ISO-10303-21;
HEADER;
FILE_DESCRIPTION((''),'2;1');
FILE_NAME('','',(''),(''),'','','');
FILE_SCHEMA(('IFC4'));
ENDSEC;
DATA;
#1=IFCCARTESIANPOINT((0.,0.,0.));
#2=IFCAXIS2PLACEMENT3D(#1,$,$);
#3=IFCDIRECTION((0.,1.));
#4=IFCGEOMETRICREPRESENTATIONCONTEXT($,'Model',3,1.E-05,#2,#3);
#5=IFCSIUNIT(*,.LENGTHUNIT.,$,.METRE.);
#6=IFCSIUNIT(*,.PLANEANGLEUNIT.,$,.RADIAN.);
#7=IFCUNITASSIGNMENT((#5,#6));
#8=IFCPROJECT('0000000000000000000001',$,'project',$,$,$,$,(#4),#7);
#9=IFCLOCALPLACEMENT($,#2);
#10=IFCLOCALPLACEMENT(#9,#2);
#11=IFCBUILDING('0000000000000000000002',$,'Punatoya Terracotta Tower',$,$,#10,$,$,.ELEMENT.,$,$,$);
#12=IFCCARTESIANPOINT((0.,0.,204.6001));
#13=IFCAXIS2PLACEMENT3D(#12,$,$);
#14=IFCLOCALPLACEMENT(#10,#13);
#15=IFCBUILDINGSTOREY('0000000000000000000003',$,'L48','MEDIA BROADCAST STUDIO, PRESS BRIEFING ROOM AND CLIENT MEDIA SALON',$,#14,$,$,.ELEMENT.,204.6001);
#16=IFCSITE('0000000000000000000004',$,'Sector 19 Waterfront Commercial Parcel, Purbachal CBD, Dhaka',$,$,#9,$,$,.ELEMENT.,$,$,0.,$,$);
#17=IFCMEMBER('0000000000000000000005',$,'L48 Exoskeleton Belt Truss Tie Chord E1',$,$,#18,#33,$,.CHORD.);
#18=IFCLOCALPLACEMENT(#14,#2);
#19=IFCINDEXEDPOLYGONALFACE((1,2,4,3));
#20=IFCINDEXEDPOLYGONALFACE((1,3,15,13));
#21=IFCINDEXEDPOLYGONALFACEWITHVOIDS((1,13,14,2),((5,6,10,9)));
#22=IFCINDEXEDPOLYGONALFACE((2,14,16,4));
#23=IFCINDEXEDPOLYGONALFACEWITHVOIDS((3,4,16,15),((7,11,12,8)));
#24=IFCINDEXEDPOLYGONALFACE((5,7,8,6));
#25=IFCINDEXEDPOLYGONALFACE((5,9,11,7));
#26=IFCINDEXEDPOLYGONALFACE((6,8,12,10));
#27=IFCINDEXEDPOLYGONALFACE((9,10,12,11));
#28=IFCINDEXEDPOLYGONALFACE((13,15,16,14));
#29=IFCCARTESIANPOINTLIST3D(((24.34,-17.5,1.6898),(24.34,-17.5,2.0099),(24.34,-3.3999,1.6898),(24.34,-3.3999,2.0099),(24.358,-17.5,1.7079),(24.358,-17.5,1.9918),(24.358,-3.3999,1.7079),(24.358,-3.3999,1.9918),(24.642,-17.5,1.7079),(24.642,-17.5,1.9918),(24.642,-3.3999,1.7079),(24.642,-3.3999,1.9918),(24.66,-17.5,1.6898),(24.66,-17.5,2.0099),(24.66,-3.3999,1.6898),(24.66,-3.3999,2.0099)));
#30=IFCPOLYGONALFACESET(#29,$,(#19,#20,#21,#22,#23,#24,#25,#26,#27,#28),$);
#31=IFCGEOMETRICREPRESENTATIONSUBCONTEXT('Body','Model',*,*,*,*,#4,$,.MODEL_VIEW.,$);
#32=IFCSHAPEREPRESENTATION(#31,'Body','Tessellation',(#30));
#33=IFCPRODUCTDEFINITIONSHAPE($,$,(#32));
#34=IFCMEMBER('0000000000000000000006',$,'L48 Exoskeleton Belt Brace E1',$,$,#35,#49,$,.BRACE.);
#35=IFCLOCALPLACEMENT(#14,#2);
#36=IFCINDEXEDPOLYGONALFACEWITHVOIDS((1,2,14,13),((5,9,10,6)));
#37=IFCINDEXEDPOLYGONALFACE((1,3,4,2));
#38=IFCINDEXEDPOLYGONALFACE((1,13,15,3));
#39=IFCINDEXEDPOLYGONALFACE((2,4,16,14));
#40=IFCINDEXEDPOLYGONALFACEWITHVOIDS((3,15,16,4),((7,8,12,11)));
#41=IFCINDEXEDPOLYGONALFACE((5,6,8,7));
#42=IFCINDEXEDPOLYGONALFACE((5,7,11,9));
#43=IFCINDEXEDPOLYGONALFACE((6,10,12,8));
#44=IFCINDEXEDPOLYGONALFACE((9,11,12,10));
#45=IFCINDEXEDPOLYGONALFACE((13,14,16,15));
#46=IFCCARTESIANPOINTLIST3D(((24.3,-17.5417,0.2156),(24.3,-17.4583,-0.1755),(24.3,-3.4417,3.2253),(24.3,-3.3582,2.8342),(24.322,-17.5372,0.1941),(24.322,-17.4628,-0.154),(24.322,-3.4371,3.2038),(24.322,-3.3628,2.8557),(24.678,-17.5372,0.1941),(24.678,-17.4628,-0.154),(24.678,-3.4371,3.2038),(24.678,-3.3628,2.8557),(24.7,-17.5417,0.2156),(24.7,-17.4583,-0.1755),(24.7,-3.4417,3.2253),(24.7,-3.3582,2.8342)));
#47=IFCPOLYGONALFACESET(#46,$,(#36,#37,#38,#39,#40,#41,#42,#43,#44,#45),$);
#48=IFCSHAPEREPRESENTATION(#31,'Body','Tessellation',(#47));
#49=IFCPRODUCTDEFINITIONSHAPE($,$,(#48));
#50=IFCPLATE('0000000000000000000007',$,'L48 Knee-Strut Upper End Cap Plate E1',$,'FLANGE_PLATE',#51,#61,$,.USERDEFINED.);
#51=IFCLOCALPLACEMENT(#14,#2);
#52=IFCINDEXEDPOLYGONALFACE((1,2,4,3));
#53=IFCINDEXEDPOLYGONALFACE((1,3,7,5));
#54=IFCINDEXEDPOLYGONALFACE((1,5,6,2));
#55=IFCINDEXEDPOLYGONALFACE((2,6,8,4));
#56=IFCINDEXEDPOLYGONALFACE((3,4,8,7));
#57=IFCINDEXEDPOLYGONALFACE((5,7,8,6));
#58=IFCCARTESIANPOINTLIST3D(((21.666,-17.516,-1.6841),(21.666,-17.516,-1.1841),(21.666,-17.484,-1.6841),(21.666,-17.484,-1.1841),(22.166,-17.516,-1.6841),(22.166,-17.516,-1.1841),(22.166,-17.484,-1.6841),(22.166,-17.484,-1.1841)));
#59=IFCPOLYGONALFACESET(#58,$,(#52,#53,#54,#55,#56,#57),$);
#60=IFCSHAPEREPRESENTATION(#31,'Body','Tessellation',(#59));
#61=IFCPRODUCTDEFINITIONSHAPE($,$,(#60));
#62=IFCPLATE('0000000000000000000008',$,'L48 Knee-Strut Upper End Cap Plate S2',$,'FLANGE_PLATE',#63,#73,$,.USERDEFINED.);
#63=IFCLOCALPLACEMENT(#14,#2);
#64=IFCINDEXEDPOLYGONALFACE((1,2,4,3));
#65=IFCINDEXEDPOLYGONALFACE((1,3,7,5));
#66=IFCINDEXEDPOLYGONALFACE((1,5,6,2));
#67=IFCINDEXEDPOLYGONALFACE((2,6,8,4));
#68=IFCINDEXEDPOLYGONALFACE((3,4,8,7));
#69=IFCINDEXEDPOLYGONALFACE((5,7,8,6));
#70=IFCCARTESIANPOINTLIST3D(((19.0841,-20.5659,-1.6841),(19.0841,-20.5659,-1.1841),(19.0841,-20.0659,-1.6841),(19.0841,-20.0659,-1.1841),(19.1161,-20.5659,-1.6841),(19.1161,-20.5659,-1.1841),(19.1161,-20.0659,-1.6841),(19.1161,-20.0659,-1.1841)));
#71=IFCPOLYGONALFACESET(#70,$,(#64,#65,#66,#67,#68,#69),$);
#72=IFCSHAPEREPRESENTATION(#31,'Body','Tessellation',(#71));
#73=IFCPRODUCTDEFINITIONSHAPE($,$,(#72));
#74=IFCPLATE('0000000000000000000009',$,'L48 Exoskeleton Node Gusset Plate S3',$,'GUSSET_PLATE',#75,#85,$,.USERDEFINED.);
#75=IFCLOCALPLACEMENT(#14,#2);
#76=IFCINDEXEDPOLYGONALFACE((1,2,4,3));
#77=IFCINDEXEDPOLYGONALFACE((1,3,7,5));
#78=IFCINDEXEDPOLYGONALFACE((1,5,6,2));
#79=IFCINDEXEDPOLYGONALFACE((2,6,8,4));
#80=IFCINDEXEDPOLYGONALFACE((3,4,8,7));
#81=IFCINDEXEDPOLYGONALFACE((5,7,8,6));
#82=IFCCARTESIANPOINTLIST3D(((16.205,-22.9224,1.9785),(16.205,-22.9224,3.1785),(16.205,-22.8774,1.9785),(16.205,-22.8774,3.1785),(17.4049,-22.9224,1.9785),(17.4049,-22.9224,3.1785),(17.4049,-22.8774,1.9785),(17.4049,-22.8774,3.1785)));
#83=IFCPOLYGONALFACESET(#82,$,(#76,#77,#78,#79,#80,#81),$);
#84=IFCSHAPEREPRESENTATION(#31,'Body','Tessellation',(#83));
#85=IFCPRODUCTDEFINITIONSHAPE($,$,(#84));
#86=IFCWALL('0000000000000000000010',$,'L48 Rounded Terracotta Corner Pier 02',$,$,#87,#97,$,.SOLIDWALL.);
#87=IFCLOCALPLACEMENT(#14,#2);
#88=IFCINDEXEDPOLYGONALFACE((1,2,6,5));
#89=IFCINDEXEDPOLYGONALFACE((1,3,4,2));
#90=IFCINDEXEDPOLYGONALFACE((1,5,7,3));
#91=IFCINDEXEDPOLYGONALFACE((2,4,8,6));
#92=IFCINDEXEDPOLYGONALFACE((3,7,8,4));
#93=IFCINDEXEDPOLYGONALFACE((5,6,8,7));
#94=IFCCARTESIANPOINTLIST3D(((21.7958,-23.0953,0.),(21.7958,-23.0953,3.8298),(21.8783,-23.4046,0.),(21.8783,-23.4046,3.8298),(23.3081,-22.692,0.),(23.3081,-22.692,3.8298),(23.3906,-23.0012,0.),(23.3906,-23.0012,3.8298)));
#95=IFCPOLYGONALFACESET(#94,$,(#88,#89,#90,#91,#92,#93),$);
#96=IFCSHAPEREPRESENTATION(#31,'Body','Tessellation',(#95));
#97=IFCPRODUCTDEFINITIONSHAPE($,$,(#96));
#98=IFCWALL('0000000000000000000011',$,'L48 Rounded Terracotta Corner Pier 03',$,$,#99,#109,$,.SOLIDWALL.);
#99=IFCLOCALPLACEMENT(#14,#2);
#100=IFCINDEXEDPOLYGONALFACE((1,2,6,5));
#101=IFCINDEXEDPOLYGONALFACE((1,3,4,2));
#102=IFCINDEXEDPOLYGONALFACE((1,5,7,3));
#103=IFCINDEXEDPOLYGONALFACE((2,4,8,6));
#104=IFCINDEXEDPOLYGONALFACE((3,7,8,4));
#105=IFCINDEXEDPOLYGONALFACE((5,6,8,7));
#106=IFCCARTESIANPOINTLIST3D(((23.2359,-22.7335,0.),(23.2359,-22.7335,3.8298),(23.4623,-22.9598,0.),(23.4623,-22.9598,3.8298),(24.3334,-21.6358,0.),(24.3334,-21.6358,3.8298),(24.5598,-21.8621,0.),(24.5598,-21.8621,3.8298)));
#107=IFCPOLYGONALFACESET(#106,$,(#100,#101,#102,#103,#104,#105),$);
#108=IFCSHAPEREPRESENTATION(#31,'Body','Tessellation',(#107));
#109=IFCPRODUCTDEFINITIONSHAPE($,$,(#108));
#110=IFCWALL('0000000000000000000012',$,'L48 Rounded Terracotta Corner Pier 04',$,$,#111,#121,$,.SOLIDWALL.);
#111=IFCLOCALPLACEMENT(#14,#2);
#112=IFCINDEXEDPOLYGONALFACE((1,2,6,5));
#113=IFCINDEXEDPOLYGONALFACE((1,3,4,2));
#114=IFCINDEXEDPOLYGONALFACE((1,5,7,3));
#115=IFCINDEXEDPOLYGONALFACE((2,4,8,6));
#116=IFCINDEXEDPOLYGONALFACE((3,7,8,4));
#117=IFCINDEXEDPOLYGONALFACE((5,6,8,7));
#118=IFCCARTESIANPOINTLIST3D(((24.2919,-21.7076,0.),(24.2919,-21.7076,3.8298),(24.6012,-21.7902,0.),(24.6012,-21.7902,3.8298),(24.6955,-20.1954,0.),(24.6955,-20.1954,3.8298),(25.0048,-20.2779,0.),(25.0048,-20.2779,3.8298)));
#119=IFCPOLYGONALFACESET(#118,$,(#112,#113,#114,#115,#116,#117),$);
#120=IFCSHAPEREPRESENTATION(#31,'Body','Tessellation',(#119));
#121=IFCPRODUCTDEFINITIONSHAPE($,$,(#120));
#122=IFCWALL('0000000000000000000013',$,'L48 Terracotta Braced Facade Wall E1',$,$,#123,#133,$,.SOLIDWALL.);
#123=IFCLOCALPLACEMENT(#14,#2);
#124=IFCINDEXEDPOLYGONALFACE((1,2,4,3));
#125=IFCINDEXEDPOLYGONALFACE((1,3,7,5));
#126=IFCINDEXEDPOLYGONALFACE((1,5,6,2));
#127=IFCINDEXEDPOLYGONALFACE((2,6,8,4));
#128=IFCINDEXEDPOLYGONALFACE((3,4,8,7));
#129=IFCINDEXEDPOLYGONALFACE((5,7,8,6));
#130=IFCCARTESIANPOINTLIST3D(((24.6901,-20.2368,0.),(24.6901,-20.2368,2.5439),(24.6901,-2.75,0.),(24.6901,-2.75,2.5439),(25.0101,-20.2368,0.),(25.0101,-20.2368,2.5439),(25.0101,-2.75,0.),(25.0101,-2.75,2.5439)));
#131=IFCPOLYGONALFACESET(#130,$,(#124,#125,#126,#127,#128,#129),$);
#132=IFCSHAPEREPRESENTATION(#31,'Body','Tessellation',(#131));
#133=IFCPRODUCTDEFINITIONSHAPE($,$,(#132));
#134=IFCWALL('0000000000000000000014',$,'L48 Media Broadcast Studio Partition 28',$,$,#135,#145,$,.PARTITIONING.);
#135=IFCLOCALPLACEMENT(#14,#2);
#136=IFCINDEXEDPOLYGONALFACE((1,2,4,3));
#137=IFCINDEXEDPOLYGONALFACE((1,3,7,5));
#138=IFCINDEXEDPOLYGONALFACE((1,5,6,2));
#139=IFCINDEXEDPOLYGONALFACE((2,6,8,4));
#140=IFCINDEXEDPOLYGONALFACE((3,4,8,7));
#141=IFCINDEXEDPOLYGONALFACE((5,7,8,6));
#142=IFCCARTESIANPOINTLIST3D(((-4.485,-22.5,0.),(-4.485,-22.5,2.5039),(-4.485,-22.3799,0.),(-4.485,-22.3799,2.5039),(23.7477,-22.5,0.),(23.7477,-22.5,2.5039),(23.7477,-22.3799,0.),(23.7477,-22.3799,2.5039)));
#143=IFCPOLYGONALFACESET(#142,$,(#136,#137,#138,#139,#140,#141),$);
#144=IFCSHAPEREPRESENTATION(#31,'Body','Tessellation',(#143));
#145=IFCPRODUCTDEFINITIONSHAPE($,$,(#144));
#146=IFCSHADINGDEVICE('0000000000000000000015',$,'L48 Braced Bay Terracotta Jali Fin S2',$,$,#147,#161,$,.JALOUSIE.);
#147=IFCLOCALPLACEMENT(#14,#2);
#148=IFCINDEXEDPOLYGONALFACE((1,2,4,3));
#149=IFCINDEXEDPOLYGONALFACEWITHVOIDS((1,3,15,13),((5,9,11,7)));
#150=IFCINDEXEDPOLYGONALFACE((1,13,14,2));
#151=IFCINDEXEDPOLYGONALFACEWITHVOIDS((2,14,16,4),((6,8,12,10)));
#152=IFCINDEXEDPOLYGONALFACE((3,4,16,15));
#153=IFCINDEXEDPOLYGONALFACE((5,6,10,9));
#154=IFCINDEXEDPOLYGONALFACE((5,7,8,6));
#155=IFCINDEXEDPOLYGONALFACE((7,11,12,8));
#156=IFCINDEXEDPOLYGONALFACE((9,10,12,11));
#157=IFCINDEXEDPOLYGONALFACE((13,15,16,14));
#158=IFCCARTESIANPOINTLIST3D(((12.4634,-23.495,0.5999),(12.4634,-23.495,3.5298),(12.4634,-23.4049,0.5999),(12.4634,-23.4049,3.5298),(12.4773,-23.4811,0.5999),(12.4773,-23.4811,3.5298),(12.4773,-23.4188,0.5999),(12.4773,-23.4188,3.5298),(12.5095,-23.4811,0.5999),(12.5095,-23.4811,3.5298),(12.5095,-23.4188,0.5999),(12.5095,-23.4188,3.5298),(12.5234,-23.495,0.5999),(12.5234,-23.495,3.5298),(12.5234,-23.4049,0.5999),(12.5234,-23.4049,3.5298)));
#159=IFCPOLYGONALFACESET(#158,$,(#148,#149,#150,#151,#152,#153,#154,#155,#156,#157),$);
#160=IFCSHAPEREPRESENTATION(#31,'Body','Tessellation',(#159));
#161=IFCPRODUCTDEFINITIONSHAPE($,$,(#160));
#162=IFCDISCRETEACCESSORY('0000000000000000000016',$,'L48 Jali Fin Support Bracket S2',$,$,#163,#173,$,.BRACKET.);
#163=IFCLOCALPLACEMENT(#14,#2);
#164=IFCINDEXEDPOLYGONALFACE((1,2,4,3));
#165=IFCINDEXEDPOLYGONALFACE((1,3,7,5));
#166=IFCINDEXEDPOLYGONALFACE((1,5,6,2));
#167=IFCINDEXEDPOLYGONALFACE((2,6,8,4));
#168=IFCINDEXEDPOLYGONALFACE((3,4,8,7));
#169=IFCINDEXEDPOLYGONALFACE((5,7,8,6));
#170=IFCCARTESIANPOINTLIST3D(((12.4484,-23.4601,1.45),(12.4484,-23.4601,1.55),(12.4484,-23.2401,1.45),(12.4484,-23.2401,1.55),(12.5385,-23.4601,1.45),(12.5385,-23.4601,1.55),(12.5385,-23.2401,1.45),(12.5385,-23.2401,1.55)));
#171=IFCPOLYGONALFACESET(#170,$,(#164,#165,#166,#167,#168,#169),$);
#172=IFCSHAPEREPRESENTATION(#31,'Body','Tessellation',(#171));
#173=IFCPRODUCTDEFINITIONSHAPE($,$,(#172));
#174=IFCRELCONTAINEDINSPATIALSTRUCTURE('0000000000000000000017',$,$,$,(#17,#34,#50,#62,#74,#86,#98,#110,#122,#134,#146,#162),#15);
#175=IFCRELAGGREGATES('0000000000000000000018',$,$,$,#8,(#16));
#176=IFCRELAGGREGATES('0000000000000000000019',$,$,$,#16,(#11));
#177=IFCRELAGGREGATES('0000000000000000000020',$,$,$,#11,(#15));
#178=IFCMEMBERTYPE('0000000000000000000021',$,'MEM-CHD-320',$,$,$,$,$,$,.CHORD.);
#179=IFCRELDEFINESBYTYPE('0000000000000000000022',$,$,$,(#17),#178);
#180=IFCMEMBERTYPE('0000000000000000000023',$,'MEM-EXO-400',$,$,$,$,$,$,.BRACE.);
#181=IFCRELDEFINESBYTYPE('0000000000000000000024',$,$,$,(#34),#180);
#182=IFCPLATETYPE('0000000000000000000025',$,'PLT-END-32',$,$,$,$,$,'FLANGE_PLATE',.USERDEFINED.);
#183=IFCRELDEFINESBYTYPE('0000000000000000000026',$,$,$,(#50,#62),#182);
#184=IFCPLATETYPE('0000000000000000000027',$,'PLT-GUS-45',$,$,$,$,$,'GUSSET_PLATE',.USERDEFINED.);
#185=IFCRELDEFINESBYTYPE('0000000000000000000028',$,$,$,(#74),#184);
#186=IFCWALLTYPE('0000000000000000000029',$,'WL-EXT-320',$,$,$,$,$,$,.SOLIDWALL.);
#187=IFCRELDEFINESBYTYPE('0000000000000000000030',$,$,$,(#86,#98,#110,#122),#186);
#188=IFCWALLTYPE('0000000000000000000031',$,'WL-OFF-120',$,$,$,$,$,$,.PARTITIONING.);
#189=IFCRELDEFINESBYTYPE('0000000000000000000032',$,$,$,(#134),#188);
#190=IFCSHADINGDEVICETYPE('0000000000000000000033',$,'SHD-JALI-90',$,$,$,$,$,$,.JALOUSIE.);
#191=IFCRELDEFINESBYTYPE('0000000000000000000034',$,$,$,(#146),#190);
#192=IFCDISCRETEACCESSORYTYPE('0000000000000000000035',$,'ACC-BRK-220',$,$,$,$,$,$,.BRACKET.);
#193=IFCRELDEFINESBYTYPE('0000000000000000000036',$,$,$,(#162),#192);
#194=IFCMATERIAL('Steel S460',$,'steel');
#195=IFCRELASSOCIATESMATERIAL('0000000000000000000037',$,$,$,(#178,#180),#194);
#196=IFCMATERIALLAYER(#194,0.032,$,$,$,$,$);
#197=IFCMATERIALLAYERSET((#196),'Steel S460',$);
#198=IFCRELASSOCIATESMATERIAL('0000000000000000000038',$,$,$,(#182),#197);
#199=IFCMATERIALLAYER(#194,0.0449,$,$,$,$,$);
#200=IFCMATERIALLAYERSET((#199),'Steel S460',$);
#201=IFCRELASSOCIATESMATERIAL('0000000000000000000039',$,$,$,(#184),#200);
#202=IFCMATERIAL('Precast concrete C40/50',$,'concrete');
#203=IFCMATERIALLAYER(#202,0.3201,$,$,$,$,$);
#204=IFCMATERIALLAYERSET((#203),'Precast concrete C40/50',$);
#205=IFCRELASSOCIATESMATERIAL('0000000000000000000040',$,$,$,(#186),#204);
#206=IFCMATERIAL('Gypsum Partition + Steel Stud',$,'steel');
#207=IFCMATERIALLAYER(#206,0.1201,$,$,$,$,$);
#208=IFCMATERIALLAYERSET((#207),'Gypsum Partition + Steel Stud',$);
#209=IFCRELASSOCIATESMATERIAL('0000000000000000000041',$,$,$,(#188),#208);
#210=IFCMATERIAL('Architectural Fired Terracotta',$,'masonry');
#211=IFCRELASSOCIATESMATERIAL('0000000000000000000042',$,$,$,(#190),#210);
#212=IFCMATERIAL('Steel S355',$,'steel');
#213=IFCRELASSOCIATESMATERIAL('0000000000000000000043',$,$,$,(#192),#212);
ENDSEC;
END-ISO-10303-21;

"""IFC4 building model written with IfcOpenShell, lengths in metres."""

from ifc_helpers import new_model, si_unit, direction, frame, frame_2d, origin, origin_2d, place, context, subcontext, project, spatial, rectangle, hollow_rectangle, extrude, material, layer, layer_set, material_profile, profile_set, type_object, element, save


model = new_model("IFC4")

# Units and contexts
model_context = context("Model", 3, precision=1e-05, world=origin(), true_north=direction((0.0, 1.0)))
body_context = subcontext(model_context, "Body", "Model", "MODEL_VIEW")
ifc_project = project(units=[si_unit("LENGTHUNIT", "METRE"), si_unit("PLANEANGLEUNIT", "RADIAN")], contexts=[model_context])

# Site, building, storey
site_placement = place(None, origin())
site = spatial("IfcSite", under=ifc_project, at=site_placement, Name="Sector 19 Waterfront Commercial Parcel, Purbachal CBD, Dhaka", CompositionType="ELEMENT", RefElevation=0.0)
building_placement = place(site_placement, origin())
building = spatial("IfcBuilding", under=site, at=building_placement, Name="Punatoya Terracotta Tower", CompositionType="ELEMENT")
storey_placement = place(building_placement, frame((0.0, 0.0, 204.6001)))
storey = spatial("IfcBuildingStorey", under=building, at=storey_placement, Name="L48", Description="MEDIA BROADCAST STUDIO, PRESS BRIEFING ROOM AND CLIENT MEDIA SALON", CompositionType="ELEMENT", Elevation=204.6001)

# Shared definitions
ifc_material_1 = material(Name="Steel S460", Category="steel")

# Shared definitions
ifc_material_2 = material(Name="Steel S355", Category="steel")

# Members
ifc_material_profile_1 = material_profile(ifc_material_1, hollow_rectangle(XDim=0.3201, YDim=0.3201, WallThickness=0.0181, at=origin_2d()))
ifc_profile_set_1 = profile_set([ifc_material_profile_1], Name="Steel S460")
member_type_1 = type_object("IfcMemberType", Name="MEM-CHD-320", PredefinedType="CHORD", material=ifc_profile_set_1)
member_1_placement = place(storey_placement, frame((24.5, -17.5, 1.8499), z_axis=(0.0, 1.0, 0.0), x_axis=(-1.0, 0.0, 0.0)))
element("IfcMember", 1, at=member_1_placement, inside=storey, type_object=member_type_1, Name="L48 Exoskeleton Belt Truss Tie Chord E1", PredefinedType="CHORD", context=body_context, shape_type="SweptSolid", body=[
    extrude(hollow_rectangle(XDim=0.3201, YDim=0.3201, WallThickness=0.0181, at=origin_2d()), origin(), (0.0, 0.0, 1.0), 14.1001),
])
ifc_material_profile_2 = material_profile(ifc_material_1, hollow_rectangle(XDim=0.3999, YDim=0.3999, WallThickness=0.022, at=origin_2d()))
ifc_profile_set_2 = profile_set([ifc_material_profile_2], Name="Steel S460")
member_type_2 = type_object("IfcMemberType", Name="MEM-EXO-400", PredefinedType="BRACE", material=ifc_profile_set_2)
member_2_placement = place(storey_placement, frame((24.5, -17.5, 0.02), z_axis=(0.0, 0.977968, 0.208754), x_axis=(-1.0, 0.0, 0.0)))
element("IfcMember", 2, at=member_2_placement, inside=storey, type_object=member_type_2, Name="L48 Exoskeleton Belt Brace E1", PredefinedType="BRACE", context=body_context, shape_type="SweptSolid", body=[
    extrude(hollow_rectangle(XDim=0.3999, YDim=0.3999, WallThickness=0.022, at=origin_2d()), origin(), (0.0, 0.0, 1.0), 14.4177),
])

# Plates
ifc_layer_1 = layer(ifc_material_1, 0.032)
ifc_layer_set_1 = layer_set([ifc_layer_1], Name="Steel S460")
plate_type_1 = type_object("IfcPlateType", Name="PLT-END-32", ElementType="FLANGE_PLATE", PredefinedType="USERDEFINED", material=ifc_layer_set_1)
for number, where, z_axis, x_axis, name in (
    (3, (21.916, -17.5, -1.6841), (0.0, 0.0, 1.0), (1.0, 0.0, 0.0), "L48 Knee-Strut Upper End Cap Plate E1"),
    (4, (19.1001, -20.3159, -1.6841), (0.0, 0.0, 1.0), (0.0, 1.0, 0.0), "L48 Knee-Strut Upper End Cap Plate S2"),
):
    element("IfcPlate", number, at=place(storey_placement, frame(where, z_axis=z_axis, x_axis=x_axis)), inside=storey, type_object=plate_type_1, Name=name, ObjectType="FLANGE_PLATE", PredefinedType="USERDEFINED", context=body_context, shape_type="SweptSolid", body=[
        extrude(rectangle(XDim=0.5, YDim=0.032, at=origin_2d()), origin(), (0.0, 0.0, 1.0), 0.5),
    ])
ifc_layer_2 = layer(ifc_material_1, 0.0449)
ifc_layer_set_2 = layer_set([ifc_layer_2], Name="Steel S460")
plate_type_2 = type_object("IfcPlateType", Name="PLT-GUS-45", ElementType="GUSSET_PLATE", PredefinedType="USERDEFINED", material=ifc_layer_set_2)
plate_placement = place(storey_placement, frame((16.8049, -22.8999, 1.9785), z_axis=(0.0, 0.0, 1.0), x_axis=(1.0, 0.0, 0.0)))
element("IfcPlate", 5, at=plate_placement, inside=storey, type_object=plate_type_2, Name="L48 Exoskeleton Node Gusset Plate S3", ObjectType="GUSSET_PLATE", PredefinedType="USERDEFINED", context=body_context, shape_type="SweptSolid", body=[
    extrude(rectangle(XDim=1.2, YDim=0.0449, at=origin_2d()), origin(), (0.0, 0.0, 1.0), 1.2),
])

# Walls
ifc_material_3 = material(Name="Precast concrete C40/50", Category="concrete")
ifc_layer_3 = layer(ifc_material_3, 0.3201)
ifc_layer_set_3 = layer_set([ifc_layer_3], Name="Precast concrete C40/50")
wall_type_1 = type_object("IfcWallType", Name="WL-EXT-320", PredefinedType="SOLIDWALL", material=ifc_layer_set_3)
wall_1_placement = place(storey_placement, frame((21.8369, -23.25, 0.0), z_axis=(0.0, 0.0, 1.0), x_axis=(0.966225, 0.257701, 0.0)))
element("IfcWall", 6, at=wall_1_placement, inside=storey, type_object=wall_type_1, Name="L48 Rounded Terracotta Corner Pier 02", PredefinedType="SOLIDWALL", context=body_context, shape_type="SweptSolid", body=[
    extrude(rectangle(XDim=1.5652, YDim=0.3201, at=frame_2d((0.7827, 0.0))), origin(), (0.0, 0.0, 1.0), 3.8298),
])
wall_2_placement = place(storey_placement, frame((23.3491, -22.8467, 0.0), z_axis=(0.0, 0.0, 1.0), x_axis=(0.707028, 0.707185, 0.0)))
element("IfcWall", 7, at=wall_2_placement, inside=storey, type_object=wall_type_1, Name="L48 Rounded Terracotta Corner Pier 03", PredefinedType="SOLIDWALL", context=body_context, shape_type="SweptSolid", body=[
    extrude(rectangle(XDim=1.5522, YDim=0.3201, at=frame_2d((0.7761, 0.0))), origin(), (0.0, 0.0, 1.0), 3.8298),
])
wall_3_placement = place(storey_placement, frame((24.4465, -21.749, 0.0), z_axis=(0.0, 0.0, 1.0), x_axis=(0.257847, 0.966186, 0.0)))
element("IfcWall", 8, at=wall_3_placement, inside=storey, type_object=wall_type_1, Name="L48 Rounded Terracotta Corner Pier 04", PredefinedType="SOLIDWALL", context=body_context, shape_type="SweptSolid", body=[
    extrude(rectangle(XDim=1.5652, YDim=0.3201, at=frame_2d((0.7827, 0.0))), origin(), (0.0, 0.0, 1.0), 3.8298),
])
wall_4_placement = place(storey_placement, frame((24.8501, -20.2368, 0.0), z_axis=(0.0, 0.0, 1.0), x_axis=(0.0, 1.0, 0.0)))
element("IfcWall", 9, at=wall_4_placement, inside=storey, type_object=wall_type_1, Name="L48 Terracotta Braced Facade Wall E1", PredefinedType="SOLIDWALL", context=body_context, shape_type="SweptSolid", body=[
    extrude(rectangle(XDim=17.4868, YDim=0.3201, at=frame_2d((8.7434, 0.0))), origin(), (0.0, 0.0, 1.0), 2.5439),
])
ifc_material_4 = material(Name="Gypsum Partition + Steel Stud", Category="steel")
ifc_layer_4 = layer(ifc_material_4, 0.1201)
ifc_layer_set_4 = layer_set([ifc_layer_4], Name="Gypsum Partition + Steel Stud")
wall_type_2 = type_object("IfcWallType", Name="WL-OFF-120", PredefinedType="PARTITIONING", material=ifc_layer_set_4)
wall_5_placement = place(storey_placement, frame((23.7476, -22.4399, 0.0), z_axis=(0.0, 0.0, 1.0), x_axis=(-1.0, 0.0, 0.0)))
element("IfcWall", 10, at=wall_5_placement, inside=storey, type_object=wall_type_2, Name="L48 Media Broadcast Studio Partition 28", PredefinedType="PARTITIONING", context=body_context, shape_type="SweptSolid", body=[
    extrude(rectangle(XDim=28.2327, YDim=0.1201, at=frame_2d((14.1162, 0.0))), origin(), (0.0, 0.0, 1.0), 2.5039),
])

# Shading device
ifc_material_5 = material(Name="Architectural Fired Terracotta", Category="masonry")
ifc_material_profile_3 = material_profile(ifc_material_5, hollow_rectangle(XDim=0.0601, YDim=0.0901, WallThickness=0.0139, at=origin_2d()))
ifc_profile_set_3 = profile_set([ifc_material_profile_3], Name="Architectural Fired Terracotta")
shading_device_type = type_object("IfcShadingDeviceType", Name="SHD-JALI-90", PredefinedType="JALOUSIE", material=ifc_profile_set_3)
shading_device_placement = place(storey_placement, frame((12.4934, -23.45, 0.5999), z_axis=(0.0, 0.0, 1.0), x_axis=(1.0, 0.0, 0.0)))
element("IfcShadingDevice", 11, at=shading_device_placement, inside=storey, type_object=shading_device_type, Name="L48 Braced Bay Terracotta Jali Fin S2", PredefinedType="JALOUSIE", context=body_context, shape_type="SweptSolid", body=[
    extrude(hollow_rectangle(XDim=0.0601, YDim=0.0901, WallThickness=0.0139, at=origin_2d()), origin(), (0.0, 0.0, 1.0), 2.9299),
])

# Discrete accessory
discrete_accessory_type = type_object("IfcDiscreteAccessoryType", Name="ACC-BRK-220", PredefinedType="BRACKET", material=ifc_material_2)
discrete_accessory_placement = place(storey_placement, frame((12.4934, -23.3501, 1.45), z_axis=(0.0, 0.0, 1.0), x_axis=(1.0, 0.0, 0.0)))
element("IfcDiscreteAccessory", 12, at=discrete_accessory_placement, inside=storey, type_object=discrete_accessory_type, Name="L48 Jali Fin Support Bracket S2", PredefinedType="BRACKET", context=body_context, shape_type="SweptSolid", body=[
    extrude(rectangle(XDim=0.0901, YDim=0.22, at=origin_2d()), origin(), (0.0, 0.0, 1.0), 0.1001),
])

save(model, "model.ifc")
